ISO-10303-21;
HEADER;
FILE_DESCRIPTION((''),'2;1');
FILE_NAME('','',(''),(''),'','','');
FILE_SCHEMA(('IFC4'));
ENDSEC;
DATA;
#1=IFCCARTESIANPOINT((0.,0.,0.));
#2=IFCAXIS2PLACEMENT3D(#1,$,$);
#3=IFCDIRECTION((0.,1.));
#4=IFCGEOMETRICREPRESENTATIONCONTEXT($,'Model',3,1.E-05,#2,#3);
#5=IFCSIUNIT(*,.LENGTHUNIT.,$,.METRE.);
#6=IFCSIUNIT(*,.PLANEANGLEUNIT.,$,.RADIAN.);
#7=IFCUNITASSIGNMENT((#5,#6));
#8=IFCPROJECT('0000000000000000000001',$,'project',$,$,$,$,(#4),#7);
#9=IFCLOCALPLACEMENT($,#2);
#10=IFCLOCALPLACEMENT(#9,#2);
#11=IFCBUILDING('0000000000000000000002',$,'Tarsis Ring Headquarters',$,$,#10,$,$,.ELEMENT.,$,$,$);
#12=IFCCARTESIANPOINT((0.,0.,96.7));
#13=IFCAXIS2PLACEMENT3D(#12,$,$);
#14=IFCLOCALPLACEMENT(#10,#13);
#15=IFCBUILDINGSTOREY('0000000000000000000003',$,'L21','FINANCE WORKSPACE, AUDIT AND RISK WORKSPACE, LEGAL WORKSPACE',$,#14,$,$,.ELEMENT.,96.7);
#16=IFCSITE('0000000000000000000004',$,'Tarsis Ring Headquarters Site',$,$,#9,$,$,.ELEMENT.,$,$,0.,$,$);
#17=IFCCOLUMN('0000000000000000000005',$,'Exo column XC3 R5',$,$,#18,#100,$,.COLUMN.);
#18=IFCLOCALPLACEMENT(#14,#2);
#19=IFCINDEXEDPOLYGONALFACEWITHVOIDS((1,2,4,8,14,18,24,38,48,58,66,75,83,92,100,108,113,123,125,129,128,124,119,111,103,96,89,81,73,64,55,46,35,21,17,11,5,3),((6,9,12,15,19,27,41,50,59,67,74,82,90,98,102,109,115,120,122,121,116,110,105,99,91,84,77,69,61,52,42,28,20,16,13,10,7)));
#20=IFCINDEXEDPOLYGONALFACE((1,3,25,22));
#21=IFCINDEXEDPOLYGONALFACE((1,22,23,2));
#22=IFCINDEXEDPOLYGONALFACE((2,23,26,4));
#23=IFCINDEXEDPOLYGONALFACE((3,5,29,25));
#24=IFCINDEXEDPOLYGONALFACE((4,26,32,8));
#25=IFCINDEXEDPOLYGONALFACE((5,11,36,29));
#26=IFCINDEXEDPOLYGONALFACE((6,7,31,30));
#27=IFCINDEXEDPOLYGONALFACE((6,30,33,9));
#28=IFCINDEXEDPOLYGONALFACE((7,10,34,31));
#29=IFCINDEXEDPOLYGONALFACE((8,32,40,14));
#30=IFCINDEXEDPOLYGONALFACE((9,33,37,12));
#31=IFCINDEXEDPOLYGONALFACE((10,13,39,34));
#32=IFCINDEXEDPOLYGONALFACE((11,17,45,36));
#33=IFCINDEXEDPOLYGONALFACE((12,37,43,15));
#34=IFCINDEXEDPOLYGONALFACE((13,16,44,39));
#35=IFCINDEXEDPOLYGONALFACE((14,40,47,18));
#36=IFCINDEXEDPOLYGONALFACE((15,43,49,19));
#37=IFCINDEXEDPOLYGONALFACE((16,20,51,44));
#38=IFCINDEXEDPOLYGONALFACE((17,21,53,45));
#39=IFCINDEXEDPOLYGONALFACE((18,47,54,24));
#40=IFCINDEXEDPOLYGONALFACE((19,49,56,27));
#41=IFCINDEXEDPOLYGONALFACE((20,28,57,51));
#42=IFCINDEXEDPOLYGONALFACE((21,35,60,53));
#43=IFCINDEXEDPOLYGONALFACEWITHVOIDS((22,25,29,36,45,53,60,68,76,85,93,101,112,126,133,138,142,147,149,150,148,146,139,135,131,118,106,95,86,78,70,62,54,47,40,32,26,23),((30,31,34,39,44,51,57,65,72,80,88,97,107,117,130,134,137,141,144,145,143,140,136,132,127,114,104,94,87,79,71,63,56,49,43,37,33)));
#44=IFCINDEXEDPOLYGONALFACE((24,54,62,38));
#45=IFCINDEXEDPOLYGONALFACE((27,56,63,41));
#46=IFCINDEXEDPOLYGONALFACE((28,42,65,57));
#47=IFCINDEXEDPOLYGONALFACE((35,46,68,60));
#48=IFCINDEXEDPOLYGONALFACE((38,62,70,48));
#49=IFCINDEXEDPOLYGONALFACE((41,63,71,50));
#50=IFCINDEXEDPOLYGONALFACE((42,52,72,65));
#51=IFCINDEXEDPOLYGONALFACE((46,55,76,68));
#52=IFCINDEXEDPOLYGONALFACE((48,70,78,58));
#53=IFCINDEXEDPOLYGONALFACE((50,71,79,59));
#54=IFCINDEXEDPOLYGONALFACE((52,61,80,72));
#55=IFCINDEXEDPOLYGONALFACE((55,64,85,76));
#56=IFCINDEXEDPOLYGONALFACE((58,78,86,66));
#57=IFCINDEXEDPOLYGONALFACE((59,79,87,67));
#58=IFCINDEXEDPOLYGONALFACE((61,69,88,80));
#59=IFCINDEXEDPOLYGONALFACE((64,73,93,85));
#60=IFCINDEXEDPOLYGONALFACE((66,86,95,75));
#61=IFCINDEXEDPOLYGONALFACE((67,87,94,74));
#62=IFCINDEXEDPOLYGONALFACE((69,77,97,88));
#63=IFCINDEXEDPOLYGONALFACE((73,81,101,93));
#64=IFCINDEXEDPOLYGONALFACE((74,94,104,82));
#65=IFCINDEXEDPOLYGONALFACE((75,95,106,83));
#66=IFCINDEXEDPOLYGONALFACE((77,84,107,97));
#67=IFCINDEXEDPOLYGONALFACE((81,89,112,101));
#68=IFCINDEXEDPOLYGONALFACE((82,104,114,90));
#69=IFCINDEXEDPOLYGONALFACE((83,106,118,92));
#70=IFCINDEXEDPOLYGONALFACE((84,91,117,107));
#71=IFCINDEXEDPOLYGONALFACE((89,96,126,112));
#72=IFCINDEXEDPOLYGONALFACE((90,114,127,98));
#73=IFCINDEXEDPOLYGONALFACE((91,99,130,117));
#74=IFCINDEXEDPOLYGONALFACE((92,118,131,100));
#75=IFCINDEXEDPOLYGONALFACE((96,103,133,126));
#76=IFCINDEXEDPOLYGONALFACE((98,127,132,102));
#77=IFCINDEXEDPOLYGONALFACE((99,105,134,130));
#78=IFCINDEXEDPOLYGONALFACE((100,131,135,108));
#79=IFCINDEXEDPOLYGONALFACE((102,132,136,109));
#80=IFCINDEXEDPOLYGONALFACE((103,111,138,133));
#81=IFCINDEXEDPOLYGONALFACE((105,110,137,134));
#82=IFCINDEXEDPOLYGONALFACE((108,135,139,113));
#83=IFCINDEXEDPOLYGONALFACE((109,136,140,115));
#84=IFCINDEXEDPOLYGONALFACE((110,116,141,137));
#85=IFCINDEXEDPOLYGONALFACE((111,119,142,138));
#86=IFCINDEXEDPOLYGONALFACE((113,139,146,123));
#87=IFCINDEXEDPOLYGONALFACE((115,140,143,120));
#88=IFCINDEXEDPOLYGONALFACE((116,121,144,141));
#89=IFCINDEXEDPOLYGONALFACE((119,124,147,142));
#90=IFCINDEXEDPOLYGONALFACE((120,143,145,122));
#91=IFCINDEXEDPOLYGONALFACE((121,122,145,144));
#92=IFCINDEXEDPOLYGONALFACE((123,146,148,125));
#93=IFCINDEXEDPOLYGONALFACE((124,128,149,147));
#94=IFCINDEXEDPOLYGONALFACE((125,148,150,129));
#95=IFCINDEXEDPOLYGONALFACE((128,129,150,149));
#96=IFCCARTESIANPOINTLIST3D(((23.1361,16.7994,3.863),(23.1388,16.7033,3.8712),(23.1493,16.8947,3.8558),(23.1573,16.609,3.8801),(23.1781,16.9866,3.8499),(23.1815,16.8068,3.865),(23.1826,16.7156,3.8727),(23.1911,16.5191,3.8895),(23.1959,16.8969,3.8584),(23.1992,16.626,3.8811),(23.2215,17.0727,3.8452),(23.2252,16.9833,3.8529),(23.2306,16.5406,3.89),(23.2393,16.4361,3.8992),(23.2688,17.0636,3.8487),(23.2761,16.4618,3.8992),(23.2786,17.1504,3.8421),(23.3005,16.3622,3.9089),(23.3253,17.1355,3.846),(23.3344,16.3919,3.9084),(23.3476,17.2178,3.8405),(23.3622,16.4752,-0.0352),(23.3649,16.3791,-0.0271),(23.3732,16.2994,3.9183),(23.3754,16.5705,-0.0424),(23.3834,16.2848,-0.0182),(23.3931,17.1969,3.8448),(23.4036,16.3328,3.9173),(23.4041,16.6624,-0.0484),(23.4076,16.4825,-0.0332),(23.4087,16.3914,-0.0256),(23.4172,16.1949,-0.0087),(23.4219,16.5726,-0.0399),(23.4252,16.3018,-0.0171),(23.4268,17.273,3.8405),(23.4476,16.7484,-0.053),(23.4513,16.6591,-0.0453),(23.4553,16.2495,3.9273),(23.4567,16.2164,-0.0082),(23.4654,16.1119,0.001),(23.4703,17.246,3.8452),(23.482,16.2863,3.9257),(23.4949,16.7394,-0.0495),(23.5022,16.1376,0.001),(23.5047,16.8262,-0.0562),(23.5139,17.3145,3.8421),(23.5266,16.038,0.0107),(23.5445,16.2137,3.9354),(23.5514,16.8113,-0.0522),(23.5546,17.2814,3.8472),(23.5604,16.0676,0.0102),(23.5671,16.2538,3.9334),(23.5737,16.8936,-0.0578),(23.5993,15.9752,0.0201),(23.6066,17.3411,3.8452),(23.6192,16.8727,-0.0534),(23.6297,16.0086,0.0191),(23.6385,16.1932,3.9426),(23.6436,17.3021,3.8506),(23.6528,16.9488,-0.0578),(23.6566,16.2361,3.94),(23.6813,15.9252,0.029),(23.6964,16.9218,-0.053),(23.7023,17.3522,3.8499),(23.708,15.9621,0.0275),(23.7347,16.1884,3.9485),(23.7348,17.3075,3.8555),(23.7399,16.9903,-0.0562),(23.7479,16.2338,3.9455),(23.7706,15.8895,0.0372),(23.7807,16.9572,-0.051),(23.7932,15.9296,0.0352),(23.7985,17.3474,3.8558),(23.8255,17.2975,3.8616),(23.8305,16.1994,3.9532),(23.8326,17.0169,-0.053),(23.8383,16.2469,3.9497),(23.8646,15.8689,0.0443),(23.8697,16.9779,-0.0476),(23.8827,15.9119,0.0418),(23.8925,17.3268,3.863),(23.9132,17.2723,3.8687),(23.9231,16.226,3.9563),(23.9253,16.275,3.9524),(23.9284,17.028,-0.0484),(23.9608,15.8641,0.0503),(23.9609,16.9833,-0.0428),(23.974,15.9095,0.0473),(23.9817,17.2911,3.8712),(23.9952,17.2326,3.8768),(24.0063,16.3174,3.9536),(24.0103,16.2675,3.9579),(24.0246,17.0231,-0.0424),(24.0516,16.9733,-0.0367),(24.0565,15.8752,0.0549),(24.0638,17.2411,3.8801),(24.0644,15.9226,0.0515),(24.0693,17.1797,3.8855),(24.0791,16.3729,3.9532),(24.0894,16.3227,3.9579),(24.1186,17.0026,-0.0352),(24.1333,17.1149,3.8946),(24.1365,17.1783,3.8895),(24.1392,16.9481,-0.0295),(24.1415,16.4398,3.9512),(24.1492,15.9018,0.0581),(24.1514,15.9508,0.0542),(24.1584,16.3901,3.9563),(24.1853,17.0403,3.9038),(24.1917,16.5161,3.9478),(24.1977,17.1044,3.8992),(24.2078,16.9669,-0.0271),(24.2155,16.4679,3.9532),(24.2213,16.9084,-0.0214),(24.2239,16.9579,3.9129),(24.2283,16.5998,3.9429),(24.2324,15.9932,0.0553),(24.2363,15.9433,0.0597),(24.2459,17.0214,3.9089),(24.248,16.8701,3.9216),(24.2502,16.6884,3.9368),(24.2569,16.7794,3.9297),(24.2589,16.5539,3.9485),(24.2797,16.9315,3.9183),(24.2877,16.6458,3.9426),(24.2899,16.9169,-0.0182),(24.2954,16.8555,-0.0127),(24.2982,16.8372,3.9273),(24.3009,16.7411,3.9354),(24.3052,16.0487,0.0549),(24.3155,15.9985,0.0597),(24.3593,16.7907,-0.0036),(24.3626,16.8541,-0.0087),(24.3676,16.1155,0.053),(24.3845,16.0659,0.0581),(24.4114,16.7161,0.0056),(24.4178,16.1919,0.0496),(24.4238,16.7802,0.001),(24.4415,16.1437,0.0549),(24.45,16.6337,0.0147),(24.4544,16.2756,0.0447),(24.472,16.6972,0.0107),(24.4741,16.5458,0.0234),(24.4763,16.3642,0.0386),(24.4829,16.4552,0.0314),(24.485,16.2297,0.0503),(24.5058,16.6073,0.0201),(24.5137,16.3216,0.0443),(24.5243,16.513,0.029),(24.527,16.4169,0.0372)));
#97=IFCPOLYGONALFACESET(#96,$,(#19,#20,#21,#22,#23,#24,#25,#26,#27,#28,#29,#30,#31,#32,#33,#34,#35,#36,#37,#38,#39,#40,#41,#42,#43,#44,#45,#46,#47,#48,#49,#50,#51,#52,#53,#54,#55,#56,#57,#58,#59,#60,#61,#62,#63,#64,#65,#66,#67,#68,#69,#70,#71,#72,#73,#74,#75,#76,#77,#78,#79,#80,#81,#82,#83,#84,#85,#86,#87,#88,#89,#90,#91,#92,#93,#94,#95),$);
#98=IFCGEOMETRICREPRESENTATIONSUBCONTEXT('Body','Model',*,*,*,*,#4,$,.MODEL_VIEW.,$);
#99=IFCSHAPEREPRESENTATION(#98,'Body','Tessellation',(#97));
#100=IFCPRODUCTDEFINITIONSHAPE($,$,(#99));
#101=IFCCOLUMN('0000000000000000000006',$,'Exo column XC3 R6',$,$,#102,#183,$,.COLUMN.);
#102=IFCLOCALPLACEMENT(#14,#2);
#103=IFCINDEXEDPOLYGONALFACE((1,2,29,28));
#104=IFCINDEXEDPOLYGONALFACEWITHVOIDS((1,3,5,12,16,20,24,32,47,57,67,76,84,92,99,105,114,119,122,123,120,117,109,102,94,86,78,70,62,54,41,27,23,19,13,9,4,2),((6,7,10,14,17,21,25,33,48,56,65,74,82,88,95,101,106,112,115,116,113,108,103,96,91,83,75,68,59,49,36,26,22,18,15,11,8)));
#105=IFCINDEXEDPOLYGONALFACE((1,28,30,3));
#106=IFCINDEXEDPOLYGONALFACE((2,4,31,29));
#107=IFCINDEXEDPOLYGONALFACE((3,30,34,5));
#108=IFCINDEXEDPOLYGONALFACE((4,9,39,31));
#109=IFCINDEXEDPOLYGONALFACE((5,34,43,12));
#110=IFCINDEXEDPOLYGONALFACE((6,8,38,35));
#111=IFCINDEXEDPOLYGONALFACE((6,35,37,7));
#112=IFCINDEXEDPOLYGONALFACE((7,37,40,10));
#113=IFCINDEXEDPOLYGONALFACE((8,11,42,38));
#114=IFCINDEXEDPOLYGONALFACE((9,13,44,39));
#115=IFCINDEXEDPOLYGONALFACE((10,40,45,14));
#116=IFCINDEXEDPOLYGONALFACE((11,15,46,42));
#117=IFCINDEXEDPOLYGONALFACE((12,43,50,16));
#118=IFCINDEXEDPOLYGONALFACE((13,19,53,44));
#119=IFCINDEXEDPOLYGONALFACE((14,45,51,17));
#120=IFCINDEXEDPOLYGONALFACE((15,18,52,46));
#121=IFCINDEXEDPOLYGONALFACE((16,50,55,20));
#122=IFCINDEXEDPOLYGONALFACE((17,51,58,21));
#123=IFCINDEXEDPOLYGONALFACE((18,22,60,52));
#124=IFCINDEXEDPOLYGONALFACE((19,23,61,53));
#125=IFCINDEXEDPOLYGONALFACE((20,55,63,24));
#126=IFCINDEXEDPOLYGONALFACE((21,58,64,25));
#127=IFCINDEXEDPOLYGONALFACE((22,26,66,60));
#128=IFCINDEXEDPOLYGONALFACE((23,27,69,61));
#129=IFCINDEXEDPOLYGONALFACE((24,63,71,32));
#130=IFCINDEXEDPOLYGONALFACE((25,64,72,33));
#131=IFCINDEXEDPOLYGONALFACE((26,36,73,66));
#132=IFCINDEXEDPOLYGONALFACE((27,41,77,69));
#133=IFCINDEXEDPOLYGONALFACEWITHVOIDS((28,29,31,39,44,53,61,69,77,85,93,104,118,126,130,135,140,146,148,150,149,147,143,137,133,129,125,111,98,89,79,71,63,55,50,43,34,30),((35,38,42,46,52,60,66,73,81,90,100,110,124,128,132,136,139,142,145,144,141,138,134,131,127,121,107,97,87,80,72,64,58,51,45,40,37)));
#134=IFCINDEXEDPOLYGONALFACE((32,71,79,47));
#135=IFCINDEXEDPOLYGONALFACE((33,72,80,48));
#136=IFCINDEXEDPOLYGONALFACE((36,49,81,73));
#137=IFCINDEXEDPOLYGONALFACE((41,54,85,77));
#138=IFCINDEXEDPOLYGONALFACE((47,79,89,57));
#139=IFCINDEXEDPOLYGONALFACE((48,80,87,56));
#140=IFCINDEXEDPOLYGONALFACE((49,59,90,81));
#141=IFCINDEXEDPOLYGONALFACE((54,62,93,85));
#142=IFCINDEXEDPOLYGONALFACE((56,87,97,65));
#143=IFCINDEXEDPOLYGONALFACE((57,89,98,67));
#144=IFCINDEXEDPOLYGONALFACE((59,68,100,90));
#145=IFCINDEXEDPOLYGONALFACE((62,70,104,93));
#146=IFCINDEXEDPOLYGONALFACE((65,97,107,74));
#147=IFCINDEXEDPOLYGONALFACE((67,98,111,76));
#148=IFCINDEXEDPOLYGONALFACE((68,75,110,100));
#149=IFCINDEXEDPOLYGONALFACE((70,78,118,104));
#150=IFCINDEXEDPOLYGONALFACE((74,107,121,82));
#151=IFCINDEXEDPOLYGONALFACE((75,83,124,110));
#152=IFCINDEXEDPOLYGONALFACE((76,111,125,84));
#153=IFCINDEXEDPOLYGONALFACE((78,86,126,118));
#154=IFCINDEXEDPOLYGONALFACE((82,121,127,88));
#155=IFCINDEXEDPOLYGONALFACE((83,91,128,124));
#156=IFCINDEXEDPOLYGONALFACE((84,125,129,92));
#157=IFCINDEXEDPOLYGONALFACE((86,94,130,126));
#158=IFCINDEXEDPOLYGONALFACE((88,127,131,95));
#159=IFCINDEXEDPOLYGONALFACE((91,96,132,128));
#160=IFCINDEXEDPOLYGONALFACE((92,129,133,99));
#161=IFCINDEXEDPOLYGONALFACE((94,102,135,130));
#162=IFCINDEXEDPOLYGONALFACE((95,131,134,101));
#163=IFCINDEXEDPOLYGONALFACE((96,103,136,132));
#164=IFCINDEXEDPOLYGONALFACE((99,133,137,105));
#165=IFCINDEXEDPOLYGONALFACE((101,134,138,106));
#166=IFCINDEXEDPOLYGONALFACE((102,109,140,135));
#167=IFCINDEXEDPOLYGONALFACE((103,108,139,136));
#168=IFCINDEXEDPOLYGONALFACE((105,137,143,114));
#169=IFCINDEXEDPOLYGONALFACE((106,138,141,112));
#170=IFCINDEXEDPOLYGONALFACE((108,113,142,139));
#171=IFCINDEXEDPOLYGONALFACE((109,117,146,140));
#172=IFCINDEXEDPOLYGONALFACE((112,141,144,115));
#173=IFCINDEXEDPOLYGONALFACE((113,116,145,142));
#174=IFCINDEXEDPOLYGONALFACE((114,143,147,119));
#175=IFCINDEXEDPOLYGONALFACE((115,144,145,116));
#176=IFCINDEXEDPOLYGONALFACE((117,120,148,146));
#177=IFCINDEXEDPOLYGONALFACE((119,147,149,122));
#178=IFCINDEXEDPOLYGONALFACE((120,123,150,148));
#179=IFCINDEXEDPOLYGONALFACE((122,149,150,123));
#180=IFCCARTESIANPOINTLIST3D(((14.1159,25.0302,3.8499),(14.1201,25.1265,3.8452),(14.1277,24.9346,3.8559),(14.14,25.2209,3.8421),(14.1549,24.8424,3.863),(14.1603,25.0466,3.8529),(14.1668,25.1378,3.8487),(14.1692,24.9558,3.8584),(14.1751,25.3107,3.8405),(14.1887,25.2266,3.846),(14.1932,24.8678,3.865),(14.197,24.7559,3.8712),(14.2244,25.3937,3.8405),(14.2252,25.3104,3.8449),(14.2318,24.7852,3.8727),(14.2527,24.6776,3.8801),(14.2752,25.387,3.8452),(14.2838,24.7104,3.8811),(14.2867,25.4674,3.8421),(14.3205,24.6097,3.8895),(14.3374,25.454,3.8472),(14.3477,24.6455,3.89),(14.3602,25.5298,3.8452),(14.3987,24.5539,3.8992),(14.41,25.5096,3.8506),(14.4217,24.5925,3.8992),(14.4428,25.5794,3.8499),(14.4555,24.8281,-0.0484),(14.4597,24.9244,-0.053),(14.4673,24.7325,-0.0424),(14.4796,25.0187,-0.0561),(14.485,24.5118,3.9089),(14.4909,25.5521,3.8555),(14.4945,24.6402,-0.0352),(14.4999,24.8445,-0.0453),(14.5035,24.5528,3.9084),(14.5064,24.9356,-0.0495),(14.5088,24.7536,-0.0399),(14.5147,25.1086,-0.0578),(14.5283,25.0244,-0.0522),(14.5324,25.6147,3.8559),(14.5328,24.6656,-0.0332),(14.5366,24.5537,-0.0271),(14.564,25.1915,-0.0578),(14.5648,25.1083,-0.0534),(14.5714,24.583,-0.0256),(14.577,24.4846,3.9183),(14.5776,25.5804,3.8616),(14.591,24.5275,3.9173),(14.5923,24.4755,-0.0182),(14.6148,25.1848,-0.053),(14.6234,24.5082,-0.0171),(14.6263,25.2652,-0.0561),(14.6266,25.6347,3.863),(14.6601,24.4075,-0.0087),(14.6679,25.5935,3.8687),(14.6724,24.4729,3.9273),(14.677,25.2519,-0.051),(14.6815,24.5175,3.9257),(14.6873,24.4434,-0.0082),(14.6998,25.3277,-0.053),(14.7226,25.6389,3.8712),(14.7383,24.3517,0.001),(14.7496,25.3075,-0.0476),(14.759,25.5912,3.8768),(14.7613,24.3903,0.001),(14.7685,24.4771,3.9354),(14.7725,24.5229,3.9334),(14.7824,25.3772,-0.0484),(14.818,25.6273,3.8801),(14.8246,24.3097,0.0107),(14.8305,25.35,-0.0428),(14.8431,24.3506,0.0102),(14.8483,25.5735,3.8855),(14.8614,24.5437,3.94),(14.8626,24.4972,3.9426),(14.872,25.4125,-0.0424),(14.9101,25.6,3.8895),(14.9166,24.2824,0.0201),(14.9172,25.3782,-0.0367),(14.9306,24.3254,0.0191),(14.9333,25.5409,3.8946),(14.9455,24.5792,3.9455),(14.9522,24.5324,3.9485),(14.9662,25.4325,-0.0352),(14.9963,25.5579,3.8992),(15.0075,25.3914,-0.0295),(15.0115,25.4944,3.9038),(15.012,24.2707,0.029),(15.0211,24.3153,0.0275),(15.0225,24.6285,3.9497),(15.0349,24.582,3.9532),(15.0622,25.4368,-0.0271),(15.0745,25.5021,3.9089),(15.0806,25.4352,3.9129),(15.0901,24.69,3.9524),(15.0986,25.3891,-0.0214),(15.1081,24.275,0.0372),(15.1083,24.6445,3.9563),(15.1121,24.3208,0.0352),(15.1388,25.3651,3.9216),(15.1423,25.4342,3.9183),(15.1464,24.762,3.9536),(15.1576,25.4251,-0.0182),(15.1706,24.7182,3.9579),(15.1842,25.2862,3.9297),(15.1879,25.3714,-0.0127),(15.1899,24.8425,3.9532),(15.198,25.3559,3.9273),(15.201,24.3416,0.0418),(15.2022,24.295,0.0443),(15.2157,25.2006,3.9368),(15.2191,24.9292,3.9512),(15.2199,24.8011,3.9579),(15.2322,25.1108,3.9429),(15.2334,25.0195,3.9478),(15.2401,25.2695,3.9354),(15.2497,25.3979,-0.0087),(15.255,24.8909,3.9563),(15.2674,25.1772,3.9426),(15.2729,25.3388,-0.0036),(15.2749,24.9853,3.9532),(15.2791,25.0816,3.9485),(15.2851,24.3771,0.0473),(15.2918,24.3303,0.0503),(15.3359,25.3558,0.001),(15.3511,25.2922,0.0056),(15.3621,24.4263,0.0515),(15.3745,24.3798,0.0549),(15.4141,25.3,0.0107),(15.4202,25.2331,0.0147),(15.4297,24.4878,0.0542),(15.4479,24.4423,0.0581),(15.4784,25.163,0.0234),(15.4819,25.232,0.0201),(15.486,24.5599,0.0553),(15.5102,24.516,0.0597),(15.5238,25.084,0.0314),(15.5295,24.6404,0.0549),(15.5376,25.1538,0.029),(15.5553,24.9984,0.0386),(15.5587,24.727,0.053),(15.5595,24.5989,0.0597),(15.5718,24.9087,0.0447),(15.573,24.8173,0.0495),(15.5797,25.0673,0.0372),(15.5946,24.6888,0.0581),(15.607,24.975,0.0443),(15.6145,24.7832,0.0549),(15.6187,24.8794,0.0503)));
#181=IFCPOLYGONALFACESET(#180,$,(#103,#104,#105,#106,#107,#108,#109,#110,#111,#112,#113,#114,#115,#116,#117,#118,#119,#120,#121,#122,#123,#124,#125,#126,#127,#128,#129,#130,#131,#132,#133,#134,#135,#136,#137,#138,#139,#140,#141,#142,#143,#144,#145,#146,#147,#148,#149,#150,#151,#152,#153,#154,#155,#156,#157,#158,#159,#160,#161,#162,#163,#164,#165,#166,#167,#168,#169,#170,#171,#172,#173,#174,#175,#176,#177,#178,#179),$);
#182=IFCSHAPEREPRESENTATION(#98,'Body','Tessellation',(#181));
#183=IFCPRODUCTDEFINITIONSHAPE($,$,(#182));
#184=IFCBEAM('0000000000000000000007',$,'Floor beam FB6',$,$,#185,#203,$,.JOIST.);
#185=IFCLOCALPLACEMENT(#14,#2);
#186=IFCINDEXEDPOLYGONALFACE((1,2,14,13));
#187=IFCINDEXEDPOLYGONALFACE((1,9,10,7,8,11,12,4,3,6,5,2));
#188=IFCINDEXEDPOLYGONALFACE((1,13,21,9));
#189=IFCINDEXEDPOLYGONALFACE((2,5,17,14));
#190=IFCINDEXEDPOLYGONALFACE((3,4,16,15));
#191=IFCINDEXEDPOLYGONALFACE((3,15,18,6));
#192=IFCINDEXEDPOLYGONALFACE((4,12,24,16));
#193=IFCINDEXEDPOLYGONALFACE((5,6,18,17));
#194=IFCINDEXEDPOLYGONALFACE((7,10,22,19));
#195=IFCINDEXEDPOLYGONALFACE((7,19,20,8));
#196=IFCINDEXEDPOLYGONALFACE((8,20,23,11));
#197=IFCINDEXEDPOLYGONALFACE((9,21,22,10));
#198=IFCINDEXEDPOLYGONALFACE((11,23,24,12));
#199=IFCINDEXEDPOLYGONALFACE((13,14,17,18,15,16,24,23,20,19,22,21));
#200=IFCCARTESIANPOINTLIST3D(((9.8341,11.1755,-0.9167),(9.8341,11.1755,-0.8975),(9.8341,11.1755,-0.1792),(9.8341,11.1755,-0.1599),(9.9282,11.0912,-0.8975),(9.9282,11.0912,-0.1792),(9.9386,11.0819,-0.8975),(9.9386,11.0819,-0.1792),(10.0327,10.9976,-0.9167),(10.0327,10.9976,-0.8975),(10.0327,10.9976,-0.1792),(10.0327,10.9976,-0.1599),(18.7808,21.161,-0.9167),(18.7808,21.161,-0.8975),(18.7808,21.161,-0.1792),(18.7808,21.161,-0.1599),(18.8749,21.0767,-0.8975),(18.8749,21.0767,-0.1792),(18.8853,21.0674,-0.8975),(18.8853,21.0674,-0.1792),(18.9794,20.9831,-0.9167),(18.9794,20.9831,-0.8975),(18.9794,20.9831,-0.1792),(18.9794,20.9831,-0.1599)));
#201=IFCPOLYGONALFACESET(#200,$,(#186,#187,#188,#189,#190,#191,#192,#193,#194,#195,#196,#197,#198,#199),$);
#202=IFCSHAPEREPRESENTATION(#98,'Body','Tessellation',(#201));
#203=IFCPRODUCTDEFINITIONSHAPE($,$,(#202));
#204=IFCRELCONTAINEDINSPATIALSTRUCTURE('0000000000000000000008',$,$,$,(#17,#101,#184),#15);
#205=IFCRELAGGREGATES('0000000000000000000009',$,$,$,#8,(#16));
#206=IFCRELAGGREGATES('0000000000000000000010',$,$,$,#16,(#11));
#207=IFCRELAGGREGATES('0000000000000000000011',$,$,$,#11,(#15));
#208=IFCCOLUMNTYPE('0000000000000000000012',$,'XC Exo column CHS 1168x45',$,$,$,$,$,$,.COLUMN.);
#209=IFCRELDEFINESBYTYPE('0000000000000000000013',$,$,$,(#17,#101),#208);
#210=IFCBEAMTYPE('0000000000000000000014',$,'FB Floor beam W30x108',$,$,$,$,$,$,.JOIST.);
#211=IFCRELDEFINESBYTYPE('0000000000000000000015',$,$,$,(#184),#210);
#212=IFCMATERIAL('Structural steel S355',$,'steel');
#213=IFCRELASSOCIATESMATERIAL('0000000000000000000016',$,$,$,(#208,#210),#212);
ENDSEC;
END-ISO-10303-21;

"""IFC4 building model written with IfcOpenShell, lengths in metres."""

from ifc_helpers import new_model, si_unit, direction, frame, origin, origin_2d, place, context, subcontext, project, spatial, hollow_circle, i_section, extrude, material, material_profile, profile_set, type_object, element, save


model = new_model("IFC4")

# Units and contexts
model_context = context("Model", 3, precision=1e-05, world=origin(), true_north=direction((0.0, 1.0)))
body_context = subcontext(model_context, "Body", "Model", "MODEL_VIEW")
ifc_project = project(units=[si_unit("LENGTHUNIT", "METRE"), si_unit("PLANEANGLEUNIT", "RADIAN")], contexts=[model_context])

# Site, building, storey
site_placement = place(None, origin())
site = spatial("IfcSite", under=ifc_project, at=site_placement, Name="Tarsis Ring Headquarters Site", CompositionType="ELEMENT", RefElevation=0.0)
building_placement = place(site_placement, origin())
building = spatial("IfcBuilding", under=site, at=building_placement, Name="Tarsis Ring Headquarters", CompositionType="ELEMENT")
storey_placement = place(building_placement, frame((0.0, 0.0, 96.7)))
storey = spatial("IfcBuildingStorey", under=building, at=storey_placement, Name="L21", Description="FINANCE WORKSPACE, AUDIT AND RISK WORKSPACE, LEGAL WORKSPACE", CompositionType="ELEMENT", Elevation=96.7)

# Columns
ifc_material_1 = material(Name="Structural steel S355", Category="steel")
ifc_material_profile_1 = material_profile(ifc_material_1, hollow_circle(Radius=0.5842, WallThickness=0.0449, at=origin_2d()), Name="CHS 1168x45")
ifc_profile_set_1 = profile_set([ifc_material_profile_1], Name="Structural steel S355")
column_type = type_object("IfcColumnType", Name="XC Exo column CHS 1168x45", PredefinedType="COLUMN", material=ifc_profile_set_1)
for number, where, z_axis, x_axis, name in (
    (1, (23.9446, 16.446, 0.001), (-0.057699, 0.082747, 0.994899), (-0.820275, -0.571969, 0.0), "Exo column XC3 R5"),
    (2, (15.0371, 24.8538, 0.001), (-0.086673, 0.051592, 0.9949), (-0.511495, -0.859286, 0.0), "Exo column XC3 R6"),
):
    element("IfcColumn", number, at=place(storey_placement, frame(where, z_axis=z_axis, x_axis=x_axis)), inside=storey, type_object=column_type, Name=name, PredefinedType="COLUMN", context=body_context, shape_type="SweptSolid", body=[
        extrude(hollow_circle(Radius=0.5842, WallThickness=0.0449, at=origin_2d()), origin(), (0.0, 0.0, 1.0), 3.9182),
    ])

# Beam
ifc_material_profile_2 = material_profile(ifc_material_1, i_section(OverallWidth=0.2666, OverallDepth=0.7568, WebThickness=0.0139, FlangeThickness=0.0193, at=origin_2d()), Name="W30x108")
ifc_profile_set_2 = profile_set([ifc_material_profile_2], Name="Structural steel S355")
beam_type_1 = type_object("IfcBeamType", Name="FB Floor beam W30x108", PredefinedType="JOIST", material=ifc_profile_set_2)
beam_1_placement = place(storey_placement, frame((18.8801, 21.072, -0.5383), z_axis=(-0.667304, -0.744785, 0.0), x_axis=(0.744785, -0.667304, 0.0)))
element("IfcBeam", 3, at=beam_1_placement, inside=storey, type_object=beam_type_1, Name="Floor beam FB6", PredefinedType="JOIST", context=body_context, shape_type="SweptSolid", body=[
    extrude(i_section(OverallWidth=0.2666, OverallDepth=0.7568, WebThickness=0.0139, FlangeThickness=0.0193, at=origin_2d()), origin(), (0.0, 0.0, 1.0), 13.4072),
])

save(model, "model.ifc")
